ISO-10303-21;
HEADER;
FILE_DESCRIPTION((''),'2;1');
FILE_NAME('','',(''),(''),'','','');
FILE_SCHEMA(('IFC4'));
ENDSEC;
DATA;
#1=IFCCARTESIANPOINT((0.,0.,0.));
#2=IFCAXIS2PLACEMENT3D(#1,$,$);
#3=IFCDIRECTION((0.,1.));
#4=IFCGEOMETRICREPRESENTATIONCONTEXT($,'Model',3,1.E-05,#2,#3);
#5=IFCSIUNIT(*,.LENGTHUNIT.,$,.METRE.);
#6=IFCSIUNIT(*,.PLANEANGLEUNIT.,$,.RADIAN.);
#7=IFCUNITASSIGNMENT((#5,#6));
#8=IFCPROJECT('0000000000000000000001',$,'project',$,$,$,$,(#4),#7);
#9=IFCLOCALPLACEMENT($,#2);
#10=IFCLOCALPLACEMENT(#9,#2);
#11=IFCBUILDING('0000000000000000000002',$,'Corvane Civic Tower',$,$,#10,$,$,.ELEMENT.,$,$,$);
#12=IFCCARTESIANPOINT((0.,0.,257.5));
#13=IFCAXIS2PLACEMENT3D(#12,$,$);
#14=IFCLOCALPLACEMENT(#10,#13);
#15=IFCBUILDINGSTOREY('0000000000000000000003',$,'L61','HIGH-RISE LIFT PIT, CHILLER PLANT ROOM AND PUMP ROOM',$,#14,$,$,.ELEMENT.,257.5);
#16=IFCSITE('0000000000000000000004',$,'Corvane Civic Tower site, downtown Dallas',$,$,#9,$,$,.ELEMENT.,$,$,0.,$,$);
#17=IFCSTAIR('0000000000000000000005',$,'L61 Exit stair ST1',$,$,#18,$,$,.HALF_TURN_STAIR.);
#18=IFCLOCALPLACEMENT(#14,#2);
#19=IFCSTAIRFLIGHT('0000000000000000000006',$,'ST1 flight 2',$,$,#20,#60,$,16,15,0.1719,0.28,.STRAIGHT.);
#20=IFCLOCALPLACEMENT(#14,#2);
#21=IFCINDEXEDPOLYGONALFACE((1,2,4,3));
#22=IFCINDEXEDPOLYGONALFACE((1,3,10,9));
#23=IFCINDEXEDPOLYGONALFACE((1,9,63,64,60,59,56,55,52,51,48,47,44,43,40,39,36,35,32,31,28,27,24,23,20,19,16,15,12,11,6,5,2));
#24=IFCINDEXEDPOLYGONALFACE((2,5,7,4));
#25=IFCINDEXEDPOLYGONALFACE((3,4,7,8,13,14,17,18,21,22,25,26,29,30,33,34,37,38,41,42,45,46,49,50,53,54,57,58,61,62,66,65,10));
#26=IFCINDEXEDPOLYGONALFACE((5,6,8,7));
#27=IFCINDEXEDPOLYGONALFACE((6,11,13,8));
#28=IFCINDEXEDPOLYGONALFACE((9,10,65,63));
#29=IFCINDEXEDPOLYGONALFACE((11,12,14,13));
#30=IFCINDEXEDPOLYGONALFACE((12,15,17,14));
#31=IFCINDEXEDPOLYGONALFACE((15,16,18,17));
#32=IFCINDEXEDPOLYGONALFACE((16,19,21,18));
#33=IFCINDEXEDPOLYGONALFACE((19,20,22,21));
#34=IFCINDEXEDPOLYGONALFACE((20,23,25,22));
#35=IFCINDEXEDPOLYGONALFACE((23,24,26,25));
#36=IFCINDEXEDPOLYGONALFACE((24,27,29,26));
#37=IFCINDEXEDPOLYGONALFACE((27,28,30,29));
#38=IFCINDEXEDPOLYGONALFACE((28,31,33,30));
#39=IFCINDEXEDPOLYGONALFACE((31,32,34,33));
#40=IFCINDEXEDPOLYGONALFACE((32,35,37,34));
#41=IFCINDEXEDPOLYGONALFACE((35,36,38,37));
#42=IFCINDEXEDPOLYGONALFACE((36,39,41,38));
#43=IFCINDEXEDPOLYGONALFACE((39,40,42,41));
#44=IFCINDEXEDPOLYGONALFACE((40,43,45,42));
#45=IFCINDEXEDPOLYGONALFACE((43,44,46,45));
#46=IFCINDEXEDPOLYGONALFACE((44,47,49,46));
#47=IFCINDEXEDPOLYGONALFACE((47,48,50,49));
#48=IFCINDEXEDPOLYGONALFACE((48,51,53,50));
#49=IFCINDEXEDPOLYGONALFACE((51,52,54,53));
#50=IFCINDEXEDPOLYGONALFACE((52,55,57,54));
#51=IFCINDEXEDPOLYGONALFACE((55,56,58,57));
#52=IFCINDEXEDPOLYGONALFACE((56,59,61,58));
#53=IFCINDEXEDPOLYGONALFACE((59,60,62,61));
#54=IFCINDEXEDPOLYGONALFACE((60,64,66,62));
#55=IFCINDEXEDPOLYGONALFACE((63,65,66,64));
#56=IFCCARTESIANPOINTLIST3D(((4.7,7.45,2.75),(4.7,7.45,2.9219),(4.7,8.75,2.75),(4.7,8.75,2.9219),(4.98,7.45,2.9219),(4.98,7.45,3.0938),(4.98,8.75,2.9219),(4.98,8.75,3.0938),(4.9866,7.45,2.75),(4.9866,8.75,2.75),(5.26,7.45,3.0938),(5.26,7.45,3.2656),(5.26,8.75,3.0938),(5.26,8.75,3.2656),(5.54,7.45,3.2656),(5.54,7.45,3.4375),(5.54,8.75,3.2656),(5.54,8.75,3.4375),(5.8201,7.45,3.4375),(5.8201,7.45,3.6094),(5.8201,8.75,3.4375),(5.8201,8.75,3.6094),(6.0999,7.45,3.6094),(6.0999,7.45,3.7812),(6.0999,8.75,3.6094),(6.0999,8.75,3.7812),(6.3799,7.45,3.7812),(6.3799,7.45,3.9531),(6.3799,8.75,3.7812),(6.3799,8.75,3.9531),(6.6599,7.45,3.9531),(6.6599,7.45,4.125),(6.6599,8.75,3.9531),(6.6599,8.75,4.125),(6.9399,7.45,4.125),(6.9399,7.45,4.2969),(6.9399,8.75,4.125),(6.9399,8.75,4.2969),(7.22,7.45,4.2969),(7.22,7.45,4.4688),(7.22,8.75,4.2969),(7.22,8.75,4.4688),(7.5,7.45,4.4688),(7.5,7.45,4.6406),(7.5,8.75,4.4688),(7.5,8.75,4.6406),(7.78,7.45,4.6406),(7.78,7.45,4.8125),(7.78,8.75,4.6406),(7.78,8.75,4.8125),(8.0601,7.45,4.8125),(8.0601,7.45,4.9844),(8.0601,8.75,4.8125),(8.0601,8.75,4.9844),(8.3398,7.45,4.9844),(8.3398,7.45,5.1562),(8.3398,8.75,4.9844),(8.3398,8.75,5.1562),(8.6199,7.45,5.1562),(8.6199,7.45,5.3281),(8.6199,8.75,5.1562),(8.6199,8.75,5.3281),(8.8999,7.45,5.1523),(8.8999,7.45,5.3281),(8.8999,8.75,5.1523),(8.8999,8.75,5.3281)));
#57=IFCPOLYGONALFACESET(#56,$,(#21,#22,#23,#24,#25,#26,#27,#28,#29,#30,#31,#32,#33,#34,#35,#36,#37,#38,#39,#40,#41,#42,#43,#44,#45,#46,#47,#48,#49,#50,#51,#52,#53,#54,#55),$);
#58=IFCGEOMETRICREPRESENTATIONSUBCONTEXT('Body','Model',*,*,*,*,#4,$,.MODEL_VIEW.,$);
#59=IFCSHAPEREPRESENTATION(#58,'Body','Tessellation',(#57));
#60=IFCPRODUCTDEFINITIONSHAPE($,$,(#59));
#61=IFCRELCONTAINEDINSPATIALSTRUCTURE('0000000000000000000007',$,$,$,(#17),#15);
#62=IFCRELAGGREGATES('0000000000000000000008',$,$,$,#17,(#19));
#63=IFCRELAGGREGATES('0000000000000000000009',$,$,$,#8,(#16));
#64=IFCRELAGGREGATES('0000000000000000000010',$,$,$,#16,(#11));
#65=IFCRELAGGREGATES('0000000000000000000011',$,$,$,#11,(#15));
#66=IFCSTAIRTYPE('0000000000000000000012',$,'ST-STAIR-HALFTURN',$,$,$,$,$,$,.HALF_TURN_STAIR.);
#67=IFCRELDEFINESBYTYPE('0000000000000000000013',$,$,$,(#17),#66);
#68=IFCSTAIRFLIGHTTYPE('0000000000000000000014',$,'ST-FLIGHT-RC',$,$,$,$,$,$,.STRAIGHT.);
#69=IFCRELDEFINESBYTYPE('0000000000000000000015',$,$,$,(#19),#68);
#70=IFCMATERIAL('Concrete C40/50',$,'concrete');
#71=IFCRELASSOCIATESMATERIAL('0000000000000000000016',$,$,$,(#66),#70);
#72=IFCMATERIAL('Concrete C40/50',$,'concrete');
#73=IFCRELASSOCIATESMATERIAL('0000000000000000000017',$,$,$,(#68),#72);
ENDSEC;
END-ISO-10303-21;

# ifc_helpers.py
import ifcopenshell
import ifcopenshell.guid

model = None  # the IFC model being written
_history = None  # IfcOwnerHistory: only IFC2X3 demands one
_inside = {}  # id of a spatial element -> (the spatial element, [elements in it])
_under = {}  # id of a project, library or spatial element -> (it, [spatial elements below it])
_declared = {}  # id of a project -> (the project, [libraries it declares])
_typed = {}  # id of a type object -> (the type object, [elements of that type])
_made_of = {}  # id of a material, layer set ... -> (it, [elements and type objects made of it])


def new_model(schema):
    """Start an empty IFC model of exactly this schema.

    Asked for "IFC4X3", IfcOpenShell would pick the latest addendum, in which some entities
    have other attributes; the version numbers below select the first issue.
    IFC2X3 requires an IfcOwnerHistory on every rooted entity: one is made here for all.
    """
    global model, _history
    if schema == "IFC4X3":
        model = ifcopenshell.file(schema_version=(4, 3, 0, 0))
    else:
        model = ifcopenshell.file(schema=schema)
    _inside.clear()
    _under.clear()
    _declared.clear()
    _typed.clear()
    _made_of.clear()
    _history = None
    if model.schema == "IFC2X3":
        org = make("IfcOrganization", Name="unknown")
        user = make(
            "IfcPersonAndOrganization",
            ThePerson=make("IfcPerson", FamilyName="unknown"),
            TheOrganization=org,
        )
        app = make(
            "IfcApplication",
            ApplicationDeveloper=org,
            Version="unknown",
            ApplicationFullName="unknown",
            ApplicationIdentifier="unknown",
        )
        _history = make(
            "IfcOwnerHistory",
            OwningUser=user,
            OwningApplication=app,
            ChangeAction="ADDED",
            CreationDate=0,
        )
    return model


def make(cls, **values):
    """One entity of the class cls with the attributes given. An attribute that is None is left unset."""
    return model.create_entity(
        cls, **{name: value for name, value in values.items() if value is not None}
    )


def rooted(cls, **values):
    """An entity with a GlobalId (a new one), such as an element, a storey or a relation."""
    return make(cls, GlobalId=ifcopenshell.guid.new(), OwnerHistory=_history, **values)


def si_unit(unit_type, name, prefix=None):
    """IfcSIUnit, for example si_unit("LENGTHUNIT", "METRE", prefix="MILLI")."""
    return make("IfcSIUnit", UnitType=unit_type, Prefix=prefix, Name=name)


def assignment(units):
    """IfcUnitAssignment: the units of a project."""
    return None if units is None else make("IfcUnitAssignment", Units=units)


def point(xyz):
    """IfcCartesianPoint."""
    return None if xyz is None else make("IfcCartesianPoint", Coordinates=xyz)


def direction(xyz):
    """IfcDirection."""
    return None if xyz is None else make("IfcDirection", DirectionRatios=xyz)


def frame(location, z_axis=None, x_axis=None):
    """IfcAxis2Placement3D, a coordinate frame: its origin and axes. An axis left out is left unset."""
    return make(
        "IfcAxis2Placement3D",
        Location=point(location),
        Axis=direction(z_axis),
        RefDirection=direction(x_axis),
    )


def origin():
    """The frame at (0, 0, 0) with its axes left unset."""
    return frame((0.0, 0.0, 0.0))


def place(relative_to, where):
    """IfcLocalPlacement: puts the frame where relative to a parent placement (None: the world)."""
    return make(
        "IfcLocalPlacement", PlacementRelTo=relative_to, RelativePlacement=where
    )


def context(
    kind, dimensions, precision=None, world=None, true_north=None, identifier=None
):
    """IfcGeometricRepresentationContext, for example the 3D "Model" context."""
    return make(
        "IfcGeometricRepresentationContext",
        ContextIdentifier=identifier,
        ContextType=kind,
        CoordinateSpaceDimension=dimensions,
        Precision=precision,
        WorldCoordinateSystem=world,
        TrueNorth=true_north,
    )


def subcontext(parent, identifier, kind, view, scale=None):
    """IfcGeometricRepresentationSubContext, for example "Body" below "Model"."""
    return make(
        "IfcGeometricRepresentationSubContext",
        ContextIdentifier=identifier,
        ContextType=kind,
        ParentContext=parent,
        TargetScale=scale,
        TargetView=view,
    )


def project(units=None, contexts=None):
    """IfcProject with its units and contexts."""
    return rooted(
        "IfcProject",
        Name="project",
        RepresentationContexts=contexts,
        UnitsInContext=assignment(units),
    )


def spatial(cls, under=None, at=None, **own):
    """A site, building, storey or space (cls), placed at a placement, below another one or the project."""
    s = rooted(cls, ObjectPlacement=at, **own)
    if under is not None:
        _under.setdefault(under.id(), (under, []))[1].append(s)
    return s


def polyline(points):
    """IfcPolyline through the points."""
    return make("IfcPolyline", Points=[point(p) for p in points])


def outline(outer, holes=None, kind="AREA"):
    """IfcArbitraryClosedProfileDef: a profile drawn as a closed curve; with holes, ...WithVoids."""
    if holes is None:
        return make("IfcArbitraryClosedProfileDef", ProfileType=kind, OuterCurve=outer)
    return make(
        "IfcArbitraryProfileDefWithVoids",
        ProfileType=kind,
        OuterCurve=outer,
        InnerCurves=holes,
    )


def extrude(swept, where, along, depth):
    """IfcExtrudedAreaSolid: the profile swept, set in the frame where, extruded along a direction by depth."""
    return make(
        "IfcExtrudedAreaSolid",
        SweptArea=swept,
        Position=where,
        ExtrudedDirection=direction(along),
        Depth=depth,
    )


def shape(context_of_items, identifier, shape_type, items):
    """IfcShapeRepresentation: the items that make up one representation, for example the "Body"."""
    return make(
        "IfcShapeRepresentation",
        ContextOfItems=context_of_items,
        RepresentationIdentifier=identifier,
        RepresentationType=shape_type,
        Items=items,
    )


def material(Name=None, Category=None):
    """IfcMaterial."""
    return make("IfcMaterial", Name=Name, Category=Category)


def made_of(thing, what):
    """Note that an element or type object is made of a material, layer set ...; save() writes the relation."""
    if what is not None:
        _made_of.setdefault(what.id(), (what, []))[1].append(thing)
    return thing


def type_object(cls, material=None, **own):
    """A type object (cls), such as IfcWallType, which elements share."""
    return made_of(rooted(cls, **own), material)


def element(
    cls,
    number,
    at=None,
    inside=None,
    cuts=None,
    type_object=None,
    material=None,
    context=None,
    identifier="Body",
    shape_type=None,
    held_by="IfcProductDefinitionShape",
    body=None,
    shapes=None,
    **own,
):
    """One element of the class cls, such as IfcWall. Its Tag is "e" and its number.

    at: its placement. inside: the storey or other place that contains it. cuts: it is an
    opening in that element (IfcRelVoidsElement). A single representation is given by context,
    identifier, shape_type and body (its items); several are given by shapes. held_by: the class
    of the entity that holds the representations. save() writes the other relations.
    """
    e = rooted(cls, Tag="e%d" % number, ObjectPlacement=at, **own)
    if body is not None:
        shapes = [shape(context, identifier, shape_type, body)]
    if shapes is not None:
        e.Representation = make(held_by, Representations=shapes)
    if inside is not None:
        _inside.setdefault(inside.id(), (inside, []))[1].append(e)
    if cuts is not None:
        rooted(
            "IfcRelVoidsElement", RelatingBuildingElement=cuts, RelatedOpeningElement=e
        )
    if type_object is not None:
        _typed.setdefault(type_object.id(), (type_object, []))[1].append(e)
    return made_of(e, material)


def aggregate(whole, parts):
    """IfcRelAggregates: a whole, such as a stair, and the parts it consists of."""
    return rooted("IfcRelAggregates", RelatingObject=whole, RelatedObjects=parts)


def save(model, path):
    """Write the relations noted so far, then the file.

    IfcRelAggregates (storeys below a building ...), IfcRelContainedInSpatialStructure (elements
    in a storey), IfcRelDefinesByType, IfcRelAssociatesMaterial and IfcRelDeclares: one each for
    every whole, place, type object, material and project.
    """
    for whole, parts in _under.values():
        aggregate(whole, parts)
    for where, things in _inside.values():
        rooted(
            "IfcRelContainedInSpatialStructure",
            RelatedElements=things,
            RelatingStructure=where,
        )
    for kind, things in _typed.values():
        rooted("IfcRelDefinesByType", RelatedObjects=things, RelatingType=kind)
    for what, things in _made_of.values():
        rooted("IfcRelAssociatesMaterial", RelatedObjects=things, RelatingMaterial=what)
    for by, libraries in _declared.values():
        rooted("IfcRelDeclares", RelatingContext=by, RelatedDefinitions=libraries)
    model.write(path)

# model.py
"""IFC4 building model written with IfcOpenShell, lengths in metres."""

from ifc_helpers import new_model, si_unit, direction, frame, origin, place, context, subcontext, project, spatial, polyline, outline, extrude, material, type_object, element, aggregate, save


model = new_model("IFC4")

# Units and contexts
model_context = context("Model", 3, precision=1e-05, world=origin(), true_north=direction((0.0, 1.0)))
body_context = subcontext(model_context, "Body", "Model", "MODEL_VIEW")
ifc_project = project(units=[si_unit("LENGTHUNIT", "METRE"), si_unit("PLANEANGLEUNIT", "RADIAN")], contexts=[model_context])

# Site, building, storey
site_placement = place(None, origin())
site = spatial("IfcSite", under=ifc_project, at=site_placement, Name="Corvane Civic Tower site, downtown Dallas", CompositionType="ELEMENT", RefElevation=0.0)
building_placement = place(site_placement, origin())
building = spatial("IfcBuilding", under=site, at=building_placement, Name="Corvane Civic Tower", CompositionType="ELEMENT")
storey_placement = place(building_placement, frame((0.0, 0.0, 257.5)))
storey = spatial("IfcBuildingStorey", under=building, at=storey_placement, Name="L61", Description="HIGH-RISE LIFT PIT, CHILLER PLANT ROOM AND PUMP ROOM", CompositionType="ELEMENT", Elevation=257.5)

# Stair, stair flight
ifc_material_1 = material(Name="Concrete C40/50", Category="concrete")
stair_type = type_object("IfcStairType", Name="ST-STAIR-HALFTURN", PredefinedType="HALF_TURN_STAIR", material=ifc_material_1)
stair_placement = place(storey_placement, origin())
stair = element("IfcStair", 1, at=stair_placement, inside=storey, type_object=stair_type, Name="L61 Exit stair ST1", PredefinedType="HALF_TURN_STAIR")
ifc_material_2 = material(Name="Concrete C40/50", Category="concrete")
stair_flight_type = type_object("IfcStairFlightType", Name="ST-FLIGHT-RC", PredefinedType="STRAIGHT", material=ifc_material_2)
stair_flight_1_placement = place(storey_placement, frame((4.7, 8.1001, 2.75), z_axis=(0.0, 0.0, 1.0), x_axis=(1.0, 0.0, 0.0)))
stair_flight_1 = element("IfcStairFlight", 2, at=stair_flight_1_placement, type_object=stair_flight_type, Name="ST1 flight 2", NumberOfRisers=16, NumberOfTreads=15, PredefinedType="STRAIGHT", RiserHeight=0.1719, TreadLength=0.28, context=body_context, shape_type="SweptSolid", body=[
    extrude(outline(polyline([(0.0, 0.0), (0.0, 0.1719), (0.28, 0.1719), (0.28, 0.3438), (0.5601, 0.3438), (0.5601, 0.5156), (0.8401, 0.5156), (0.8401, 0.6875), (1.1201, 0.6875), (1.1201, 0.8594), (1.3999, 0.8594), (1.3999, 1.0312), (1.6799, 1.0312), (1.6799, 1.2031), (1.96, 1.2031), (1.96, 1.375), (2.24, 1.375), (2.24, 1.5469), (2.52, 1.5469), (2.52, 1.7188), (2.8, 1.7188), (2.8, 1.8906), (3.0801, 1.8906), (3.0801, 2.0625), (3.3601, 2.0625), (3.3601, 2.2344), (3.6399, 2.2344), (3.6399, 2.4062), (3.9199, 2.4062), (3.9199, 2.5781), (4.2, 2.5781), (4.2, 2.75), (4.2, 2.4023), (0.2866, 0.0), (0.0, 0.0)])), frame((0.0, 0.6499, 0.0), z_axis=(0.0, -1.0, 0.0), x_axis=(1.0, 0.0, 0.0)), (0.0, 0.0, 1.0), 1.3),
])
aggregate(stair, [stair_flight_1])

save(model, "model.ifc")
